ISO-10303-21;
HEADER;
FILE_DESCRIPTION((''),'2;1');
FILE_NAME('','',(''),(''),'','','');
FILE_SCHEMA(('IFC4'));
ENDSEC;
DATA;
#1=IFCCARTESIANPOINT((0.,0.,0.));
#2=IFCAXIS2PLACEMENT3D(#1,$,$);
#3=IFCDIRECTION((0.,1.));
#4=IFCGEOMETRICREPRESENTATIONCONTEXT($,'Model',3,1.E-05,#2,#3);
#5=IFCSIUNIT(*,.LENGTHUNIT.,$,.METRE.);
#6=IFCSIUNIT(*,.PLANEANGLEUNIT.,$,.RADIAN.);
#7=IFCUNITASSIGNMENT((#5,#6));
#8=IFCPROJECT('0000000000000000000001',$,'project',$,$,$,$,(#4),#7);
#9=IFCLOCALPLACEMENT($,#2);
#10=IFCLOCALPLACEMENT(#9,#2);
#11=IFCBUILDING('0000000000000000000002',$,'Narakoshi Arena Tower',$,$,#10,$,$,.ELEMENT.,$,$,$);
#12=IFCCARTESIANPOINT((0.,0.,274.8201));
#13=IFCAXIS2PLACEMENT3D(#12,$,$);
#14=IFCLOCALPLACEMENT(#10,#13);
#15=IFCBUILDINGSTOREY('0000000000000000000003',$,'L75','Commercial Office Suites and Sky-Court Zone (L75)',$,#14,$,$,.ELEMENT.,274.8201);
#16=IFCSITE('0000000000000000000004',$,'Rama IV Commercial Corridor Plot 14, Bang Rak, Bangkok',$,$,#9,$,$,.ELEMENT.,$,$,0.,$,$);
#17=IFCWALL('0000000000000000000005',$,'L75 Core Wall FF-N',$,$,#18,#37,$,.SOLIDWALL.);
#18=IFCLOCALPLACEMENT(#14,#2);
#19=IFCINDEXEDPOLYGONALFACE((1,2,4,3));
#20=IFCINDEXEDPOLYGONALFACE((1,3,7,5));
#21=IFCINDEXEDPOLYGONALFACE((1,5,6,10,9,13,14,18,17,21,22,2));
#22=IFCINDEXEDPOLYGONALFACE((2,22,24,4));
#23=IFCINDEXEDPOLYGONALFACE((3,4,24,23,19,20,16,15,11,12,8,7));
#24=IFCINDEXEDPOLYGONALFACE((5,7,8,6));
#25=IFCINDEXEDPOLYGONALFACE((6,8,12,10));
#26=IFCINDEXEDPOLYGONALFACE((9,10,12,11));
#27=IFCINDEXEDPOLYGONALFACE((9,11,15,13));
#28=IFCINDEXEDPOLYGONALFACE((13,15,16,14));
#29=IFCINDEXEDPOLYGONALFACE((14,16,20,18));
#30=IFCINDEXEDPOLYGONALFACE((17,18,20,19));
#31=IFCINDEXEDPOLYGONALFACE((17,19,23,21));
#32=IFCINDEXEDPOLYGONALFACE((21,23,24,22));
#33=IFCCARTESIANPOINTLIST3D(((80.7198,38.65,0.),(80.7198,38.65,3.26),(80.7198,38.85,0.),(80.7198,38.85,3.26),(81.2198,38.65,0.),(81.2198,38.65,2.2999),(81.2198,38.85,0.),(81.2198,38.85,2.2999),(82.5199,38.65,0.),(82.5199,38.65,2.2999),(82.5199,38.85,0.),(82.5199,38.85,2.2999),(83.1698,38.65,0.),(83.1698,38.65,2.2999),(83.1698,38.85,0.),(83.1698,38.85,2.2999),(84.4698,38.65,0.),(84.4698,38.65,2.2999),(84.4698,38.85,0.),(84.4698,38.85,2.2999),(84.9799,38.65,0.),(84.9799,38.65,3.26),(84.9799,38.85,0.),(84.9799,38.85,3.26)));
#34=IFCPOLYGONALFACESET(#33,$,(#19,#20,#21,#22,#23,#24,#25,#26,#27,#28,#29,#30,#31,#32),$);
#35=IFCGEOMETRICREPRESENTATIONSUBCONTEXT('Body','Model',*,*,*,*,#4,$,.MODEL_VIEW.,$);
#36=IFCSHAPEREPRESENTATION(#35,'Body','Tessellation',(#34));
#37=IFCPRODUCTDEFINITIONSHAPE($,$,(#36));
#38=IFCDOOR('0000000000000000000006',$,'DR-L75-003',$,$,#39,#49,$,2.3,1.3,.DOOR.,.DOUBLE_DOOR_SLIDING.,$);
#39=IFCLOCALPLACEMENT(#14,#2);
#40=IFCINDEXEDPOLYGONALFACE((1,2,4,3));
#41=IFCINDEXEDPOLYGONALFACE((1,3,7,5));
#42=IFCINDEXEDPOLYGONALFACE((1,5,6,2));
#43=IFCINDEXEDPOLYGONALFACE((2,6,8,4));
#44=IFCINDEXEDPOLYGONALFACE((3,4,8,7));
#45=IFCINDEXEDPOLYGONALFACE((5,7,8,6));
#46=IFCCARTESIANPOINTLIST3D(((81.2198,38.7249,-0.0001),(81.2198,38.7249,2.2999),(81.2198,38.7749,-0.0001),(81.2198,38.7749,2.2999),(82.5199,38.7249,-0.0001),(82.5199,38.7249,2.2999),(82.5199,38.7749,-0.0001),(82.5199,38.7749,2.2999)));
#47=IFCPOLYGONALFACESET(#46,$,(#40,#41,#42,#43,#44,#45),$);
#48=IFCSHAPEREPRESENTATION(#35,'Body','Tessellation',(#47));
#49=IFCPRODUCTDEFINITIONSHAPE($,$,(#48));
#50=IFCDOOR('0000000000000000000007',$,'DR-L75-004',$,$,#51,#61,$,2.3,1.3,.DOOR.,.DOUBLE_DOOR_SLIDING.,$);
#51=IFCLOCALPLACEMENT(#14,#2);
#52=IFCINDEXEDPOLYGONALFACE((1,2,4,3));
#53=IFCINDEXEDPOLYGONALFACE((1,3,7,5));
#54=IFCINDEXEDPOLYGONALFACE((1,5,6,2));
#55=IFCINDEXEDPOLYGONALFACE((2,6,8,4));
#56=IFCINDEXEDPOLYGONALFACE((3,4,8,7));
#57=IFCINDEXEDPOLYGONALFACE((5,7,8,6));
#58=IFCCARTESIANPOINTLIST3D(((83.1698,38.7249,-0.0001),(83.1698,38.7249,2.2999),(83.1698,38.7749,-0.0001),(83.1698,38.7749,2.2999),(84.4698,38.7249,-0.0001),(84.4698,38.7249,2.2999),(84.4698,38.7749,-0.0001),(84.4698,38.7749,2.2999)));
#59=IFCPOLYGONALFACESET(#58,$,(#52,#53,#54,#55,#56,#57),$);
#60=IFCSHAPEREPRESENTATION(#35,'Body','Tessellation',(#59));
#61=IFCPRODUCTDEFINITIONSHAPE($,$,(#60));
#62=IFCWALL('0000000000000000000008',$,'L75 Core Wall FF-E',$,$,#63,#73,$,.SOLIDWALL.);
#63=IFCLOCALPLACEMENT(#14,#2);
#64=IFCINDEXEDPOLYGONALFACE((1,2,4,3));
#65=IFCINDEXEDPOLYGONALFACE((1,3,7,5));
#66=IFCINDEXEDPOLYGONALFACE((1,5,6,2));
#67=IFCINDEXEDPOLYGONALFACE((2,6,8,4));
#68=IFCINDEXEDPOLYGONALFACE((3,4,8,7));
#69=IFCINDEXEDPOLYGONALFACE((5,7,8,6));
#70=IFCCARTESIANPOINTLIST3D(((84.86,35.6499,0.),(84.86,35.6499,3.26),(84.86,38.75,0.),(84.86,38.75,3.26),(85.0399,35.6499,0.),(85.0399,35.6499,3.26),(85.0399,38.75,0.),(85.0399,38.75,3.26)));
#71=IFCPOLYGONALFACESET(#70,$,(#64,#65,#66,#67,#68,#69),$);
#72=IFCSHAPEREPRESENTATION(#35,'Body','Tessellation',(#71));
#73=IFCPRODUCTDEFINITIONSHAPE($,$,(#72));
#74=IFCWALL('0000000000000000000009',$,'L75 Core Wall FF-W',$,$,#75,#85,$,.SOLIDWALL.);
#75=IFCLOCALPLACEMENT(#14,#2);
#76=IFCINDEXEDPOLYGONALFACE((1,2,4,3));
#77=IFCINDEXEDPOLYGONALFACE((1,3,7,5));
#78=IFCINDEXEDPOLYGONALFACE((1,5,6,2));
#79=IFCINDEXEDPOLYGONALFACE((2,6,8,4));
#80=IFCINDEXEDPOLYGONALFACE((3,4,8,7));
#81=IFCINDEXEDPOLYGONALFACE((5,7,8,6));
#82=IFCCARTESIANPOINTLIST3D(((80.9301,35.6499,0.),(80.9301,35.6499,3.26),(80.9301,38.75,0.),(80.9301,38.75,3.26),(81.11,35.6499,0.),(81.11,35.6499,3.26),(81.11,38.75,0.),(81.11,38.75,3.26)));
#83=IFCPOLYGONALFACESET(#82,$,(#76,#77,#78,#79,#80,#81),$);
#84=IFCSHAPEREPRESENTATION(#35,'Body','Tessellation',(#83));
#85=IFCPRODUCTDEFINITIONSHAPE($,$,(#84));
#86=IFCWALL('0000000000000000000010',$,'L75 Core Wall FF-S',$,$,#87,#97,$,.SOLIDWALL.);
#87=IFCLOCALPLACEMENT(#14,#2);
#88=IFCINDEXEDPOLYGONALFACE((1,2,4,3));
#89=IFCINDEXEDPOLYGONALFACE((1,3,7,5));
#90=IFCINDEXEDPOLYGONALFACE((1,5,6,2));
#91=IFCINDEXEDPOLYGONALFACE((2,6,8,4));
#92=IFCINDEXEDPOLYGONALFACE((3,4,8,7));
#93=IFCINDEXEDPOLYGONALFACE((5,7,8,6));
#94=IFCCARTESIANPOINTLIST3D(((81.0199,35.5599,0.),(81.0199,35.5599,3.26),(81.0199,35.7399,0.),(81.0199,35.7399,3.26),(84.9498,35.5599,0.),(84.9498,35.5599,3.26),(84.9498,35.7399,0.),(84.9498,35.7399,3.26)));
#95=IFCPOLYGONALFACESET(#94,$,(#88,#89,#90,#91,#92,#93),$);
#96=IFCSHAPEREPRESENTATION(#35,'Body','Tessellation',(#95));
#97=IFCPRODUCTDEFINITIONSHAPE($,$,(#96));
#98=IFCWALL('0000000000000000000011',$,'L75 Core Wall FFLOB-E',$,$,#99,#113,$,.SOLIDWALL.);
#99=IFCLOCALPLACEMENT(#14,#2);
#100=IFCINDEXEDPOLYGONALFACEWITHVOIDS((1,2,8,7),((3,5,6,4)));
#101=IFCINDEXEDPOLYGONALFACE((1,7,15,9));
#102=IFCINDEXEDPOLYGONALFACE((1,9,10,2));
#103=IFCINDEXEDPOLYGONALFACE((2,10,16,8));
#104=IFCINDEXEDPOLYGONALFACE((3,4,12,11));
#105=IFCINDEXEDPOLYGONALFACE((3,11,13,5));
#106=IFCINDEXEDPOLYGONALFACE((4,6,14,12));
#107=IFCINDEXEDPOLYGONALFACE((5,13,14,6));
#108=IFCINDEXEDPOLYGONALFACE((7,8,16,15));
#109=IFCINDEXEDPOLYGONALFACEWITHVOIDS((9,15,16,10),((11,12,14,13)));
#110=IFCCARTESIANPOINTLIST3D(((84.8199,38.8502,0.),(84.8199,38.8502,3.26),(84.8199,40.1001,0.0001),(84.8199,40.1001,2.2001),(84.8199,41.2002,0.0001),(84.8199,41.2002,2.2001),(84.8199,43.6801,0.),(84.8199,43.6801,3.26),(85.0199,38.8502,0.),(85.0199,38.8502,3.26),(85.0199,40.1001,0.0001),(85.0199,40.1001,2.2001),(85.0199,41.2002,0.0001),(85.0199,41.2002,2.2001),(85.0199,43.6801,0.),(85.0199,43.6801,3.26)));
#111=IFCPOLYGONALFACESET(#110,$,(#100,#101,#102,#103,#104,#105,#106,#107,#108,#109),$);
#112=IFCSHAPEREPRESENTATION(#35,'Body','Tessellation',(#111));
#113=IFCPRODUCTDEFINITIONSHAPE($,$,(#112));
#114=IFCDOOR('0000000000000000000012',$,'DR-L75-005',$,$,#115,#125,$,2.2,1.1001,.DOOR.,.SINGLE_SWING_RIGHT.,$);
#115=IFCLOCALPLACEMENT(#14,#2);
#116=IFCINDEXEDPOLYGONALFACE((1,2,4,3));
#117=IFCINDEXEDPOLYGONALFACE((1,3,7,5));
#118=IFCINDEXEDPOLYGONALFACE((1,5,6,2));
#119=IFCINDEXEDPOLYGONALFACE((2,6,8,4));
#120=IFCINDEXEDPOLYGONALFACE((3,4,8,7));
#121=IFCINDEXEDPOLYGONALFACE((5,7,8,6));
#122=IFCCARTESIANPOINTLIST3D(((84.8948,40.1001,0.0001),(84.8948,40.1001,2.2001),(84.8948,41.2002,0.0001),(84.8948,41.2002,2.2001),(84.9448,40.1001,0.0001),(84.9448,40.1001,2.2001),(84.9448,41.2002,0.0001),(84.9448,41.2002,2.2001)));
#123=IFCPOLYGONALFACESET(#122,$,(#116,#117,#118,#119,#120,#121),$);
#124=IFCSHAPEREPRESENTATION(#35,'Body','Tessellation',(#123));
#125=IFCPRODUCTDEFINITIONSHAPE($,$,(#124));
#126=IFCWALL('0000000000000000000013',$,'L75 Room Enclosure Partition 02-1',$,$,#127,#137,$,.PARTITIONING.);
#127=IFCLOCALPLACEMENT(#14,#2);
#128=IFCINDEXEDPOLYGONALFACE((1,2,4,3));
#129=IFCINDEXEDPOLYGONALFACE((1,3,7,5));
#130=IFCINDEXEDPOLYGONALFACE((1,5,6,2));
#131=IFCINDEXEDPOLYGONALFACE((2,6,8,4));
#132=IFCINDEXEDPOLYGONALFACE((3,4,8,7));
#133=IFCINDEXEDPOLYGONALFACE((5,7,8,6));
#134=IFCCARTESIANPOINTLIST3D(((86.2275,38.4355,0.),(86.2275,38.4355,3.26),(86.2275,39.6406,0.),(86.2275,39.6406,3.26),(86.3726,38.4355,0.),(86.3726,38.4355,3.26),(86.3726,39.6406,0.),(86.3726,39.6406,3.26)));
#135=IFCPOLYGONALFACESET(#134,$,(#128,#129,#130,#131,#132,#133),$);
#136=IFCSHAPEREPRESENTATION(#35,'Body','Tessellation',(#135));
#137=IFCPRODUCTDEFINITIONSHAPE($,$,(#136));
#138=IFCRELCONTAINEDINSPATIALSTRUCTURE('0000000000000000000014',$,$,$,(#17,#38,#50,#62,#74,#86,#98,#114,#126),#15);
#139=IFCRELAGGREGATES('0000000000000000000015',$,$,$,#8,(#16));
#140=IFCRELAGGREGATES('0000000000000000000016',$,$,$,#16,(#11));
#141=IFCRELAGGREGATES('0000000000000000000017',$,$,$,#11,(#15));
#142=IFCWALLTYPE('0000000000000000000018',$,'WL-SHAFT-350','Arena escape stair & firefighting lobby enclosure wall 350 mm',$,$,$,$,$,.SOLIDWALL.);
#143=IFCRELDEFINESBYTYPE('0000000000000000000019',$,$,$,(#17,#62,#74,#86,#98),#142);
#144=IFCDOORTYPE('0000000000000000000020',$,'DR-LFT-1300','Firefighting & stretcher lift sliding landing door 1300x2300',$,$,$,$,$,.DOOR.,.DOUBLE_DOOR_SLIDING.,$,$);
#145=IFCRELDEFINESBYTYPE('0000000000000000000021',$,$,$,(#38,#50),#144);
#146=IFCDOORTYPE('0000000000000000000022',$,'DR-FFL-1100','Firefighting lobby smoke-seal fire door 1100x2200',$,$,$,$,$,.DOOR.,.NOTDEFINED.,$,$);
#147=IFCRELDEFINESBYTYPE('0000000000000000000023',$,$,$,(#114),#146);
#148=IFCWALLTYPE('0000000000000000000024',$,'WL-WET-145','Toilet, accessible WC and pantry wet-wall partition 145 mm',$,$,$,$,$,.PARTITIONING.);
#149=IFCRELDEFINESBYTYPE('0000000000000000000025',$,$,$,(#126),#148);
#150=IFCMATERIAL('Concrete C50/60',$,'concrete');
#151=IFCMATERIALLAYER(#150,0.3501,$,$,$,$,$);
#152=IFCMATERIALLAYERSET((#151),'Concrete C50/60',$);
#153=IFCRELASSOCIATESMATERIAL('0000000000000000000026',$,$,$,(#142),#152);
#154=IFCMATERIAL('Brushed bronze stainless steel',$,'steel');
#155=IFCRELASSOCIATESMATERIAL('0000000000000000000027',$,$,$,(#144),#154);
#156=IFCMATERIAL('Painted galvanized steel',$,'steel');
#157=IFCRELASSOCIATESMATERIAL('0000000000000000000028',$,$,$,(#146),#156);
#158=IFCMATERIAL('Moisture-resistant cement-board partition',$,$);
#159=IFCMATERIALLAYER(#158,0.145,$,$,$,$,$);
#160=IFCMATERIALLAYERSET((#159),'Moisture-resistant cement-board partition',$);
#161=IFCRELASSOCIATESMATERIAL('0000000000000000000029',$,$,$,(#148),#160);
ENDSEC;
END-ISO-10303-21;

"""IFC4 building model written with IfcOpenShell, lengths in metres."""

from ifc_helpers import new_model, si_unit, direction, frame, frame_2d, origin, place, context, subcontext, project, spatial, rectangle, extrude, material, layer, layer_set, type_object, element, fill, save


model = new_model("IFC4")

# Units and contexts
model_context = context("Model", 3, precision=1e-05, world=origin(), true_north=direction((0.0, 1.0)))
body_context = subcontext(model_context, "Body", "Model", "MODEL_VIEW")
ifc_project = project(units=[si_unit("LENGTHUNIT", "METRE"), si_unit("PLANEANGLEUNIT", "RADIAN")], contexts=[model_context])

# Site, building, storey
site_placement = place(None, origin())
site = spatial("IfcSite", under=ifc_project, at=site_placement, Name="Rama IV Commercial Corridor Plot 14, Bang Rak, Bangkok", CompositionType="ELEMENT", RefElevation=0.0)
building_placement = place(site_placement, origin())
building = spatial("IfcBuilding", under=site, at=building_placement, Name="Narakoshi Arena Tower", CompositionType="ELEMENT")
storey_placement = place(building_placement, frame((0.0, 0.0, 274.8201)))
storey = spatial("IfcBuildingStorey", under=building, at=storey_placement, Name="L75", Description="Commercial Office Suites and Sky-Court Zone (L75)", CompositionType="ELEMENT", Elevation=274.8201)

# Shared definitions
ifc_material_1 = material(Name="Concrete C50/60", Category="concrete")

# Shared definitions
ifc_layer_1 = layer(ifc_material_1, 0.3501)
ifc_layer_set_1 = layer_set([ifc_layer_1], Name="Concrete C50/60")
wall_type_1 = type_object("IfcWallType", Name="WL-SHAFT-350", Description="Arena escape stair & firefighting lobby enclosure wall 350 mm", PredefinedType="SOLIDWALL", material=ifc_layer_set_1)

# Shared definitions
ifc_material_2 = material(Name="Painted galvanized steel", Category="steel")

# Wall, openings, doors
wall_1_placement = place(storey_placement, frame((80.72, 38.75, 0.0), z_axis=(0.0, 0.0, 1.0), x_axis=(1.0, 0.0, 0.0)))
wall_1 = element("IfcWall", 1, at=wall_1_placement, inside=storey, type_object=wall_type_1, Name="L75 Core Wall FF-N", PredefinedType="SOLIDWALL", context=body_context, shape_type="SweptSolid", body=[
    extrude(rectangle(XDim=4.26, YDim=0.2, at=frame_2d((2.1299, 0.0))), origin(), (0.0, 0.0, 1.0), 3.26),
])
opening_1_placement = place(wall_1_placement, frame((0.5, 0.0, 0.0)))
opening_1 = element("IfcOpeningElement", 2, at=opening_1_placement, cuts=wall_1, PredefinedType="OPENING", context=body_context, shape_type="SweptSolid", body=[
    extrude(rectangle(XDim=1.3, YDim=2.3, at=frame_2d((0.6499, 1.1499))), frame((0.0, 0.1099, 0.0), z_axis=(0.0, -1.0, 0.0), x_axis=(1.0, 0.0, 0.0)), (0.0, 0.0, 1.0), 0.22),
])
opening_2_placement = place(wall_1_placement, frame((2.45, 0.0, 0.0)))
opening_2 = element("IfcOpeningElement", 3, at=opening_2_placement, cuts=wall_1, PredefinedType="OPENING", context=body_context, shape_type="SweptSolid", body=[
    extrude(rectangle(XDim=1.3, YDim=2.3, at=frame_2d((0.6499, 1.1499))), frame((0.0, 0.1099, 0.0), z_axis=(0.0, -1.0, 0.0), x_axis=(1.0, 0.0, 0.0)), (0.0, 0.0, 1.0), 0.22),
])
ifc_material_3 = material(Name="Brushed bronze stainless steel", Category="steel")
door_type_1 = type_object("IfcDoorType", Name="DR-LFT-1300", Description="Firefighting & stretcher lift sliding landing door 1300x2300", OperationType="DOUBLE_DOOR_SLIDING", PredefinedType="DOOR", material=ifc_material_3)
door_1_placement = place(opening_1_placement, origin())
door_1 = element("IfcDoor", 4, at=door_1_placement, inside=storey, type_object=door_type_1, Name="DR-L75-003", OperationType="DOUBLE_DOOR_SLIDING", OverallHeight=2.3, OverallWidth=1.3, PredefinedType="DOOR", context=body_context, shape_type="SweptSolid", body=[
    extrude(rectangle(XDim=1.3, YDim=2.3, at=frame_2d((0.6499, 1.1499))), frame((0.0, 0.0249, 0.0), z_axis=(0.0, -1.0, 0.0), x_axis=(1.0, 0.0, 0.0)), (0.0, 0.0, 1.0), 0.05),
])
fill(opening_1, door_1)
door_2_placement = place(opening_2_placement, origin())
door_2 = element("IfcDoor", 5, at=door_2_placement, inside=storey, type_object=door_type_1, Name="DR-L75-004", OperationType="DOUBLE_DOOR_SLIDING", OverallHeight=2.3, OverallWidth=1.3, PredefinedType="DOOR", context=body_context, shape_type="SweptSolid", body=[
    extrude(rectangle(XDim=1.3, YDim=2.3, at=frame_2d((0.6499, 1.1499))), frame((0.0, 0.0249, 0.0), z_axis=(0.0, -1.0, 0.0), x_axis=(1.0, 0.0, 0.0)), (0.0, 0.0, 1.0), 0.05),
])
fill(opening_2, door_2)

# Walls
for number, where, z_axis, x_axis, name in (
    (6, (84.95, 35.6499, 0.0), (0.0, 0.0, 1.0), (0.0, 1.0, 0.0), "L75 Core Wall FF-E"),
    (7, (81.02, 35.6499, 0.0), (0.0, 0.0, 1.0), (0.0, 1.0, 0.0), "L75 Core Wall FF-W"),
):
    element("IfcWall", number, at=place(storey_placement, frame(where, z_axis=z_axis, x_axis=x_axis)), inside=storey, type_object=wall_type_1, Name=name, PredefinedType="SOLIDWALL", context=body_context, shape_type="SweptSolid", body=[
        extrude(rectangle(XDim=3.1001, YDim=0.1799, at=frame_2d((1.55, 0.0))), origin(), (0.0, 0.0, 1.0), 3.26),
    ])
wall_2_placement = place(storey_placement, frame((81.02, 35.6499, 0.0), z_axis=(0.0, 0.0, 1.0), x_axis=(1.0, 0.0, 0.0)))
element("IfcWall", 8, at=wall_2_placement, inside=storey, type_object=wall_type_1, Name="L75 Core Wall FF-S", PredefinedType="SOLIDWALL", context=body_context, shape_type="SweptSolid", body=[
    extrude(rectangle(XDim=3.9299, YDim=0.1799, at=frame_2d((1.9648, 0.0))), origin(), (0.0, 0.0, 1.0), 3.26),
])

# Wall, opening, door
wall_3_placement = place(storey_placement, frame((84.9199, 38.8501, 0.0), z_axis=(0.0, 0.0, 1.0), x_axis=(0.0, 1.0, 0.0)))
wall_3 = element("IfcWall", 9, at=wall_3_placement, inside=storey, type_object=wall_type_1, Name="L75 Core Wall FFLOB-E", PredefinedType="SOLIDWALL", context=body_context, shape_type="SweptSolid", body=[
    extrude(rectangle(XDim=4.8298, YDim=0.2, at=frame_2d((2.415, 0.0))), origin(), (0.0, 0.0, 1.0), 3.26),
])
opening_3_placement = place(wall_3_placement, frame((1.25, 0.0, 0.0)))
opening_3 = element("IfcOpeningElement", 10, at=opening_3_placement, cuts=wall_3, PredefinedType="OPENING", context=body_context, shape_type="SweptSolid", body=[
    extrude(rectangle(XDim=1.1001, YDim=2.2, at=frame_2d((0.55, 1.1001))), frame((0.0, 0.1099, 0.0), z_axis=(0.0, -1.0, 0.0), x_axis=(1.0, 0.0, 0.0)), (0.0, 0.0, 1.0), 0.22),
])
door_type_2 = type_object("IfcDoorType", Name="DR-FFL-1100", Description="Firefighting lobby smoke-seal fire door 1100x2200", OperationType="NOTDEFINED", PredefinedType="DOOR", material=ifc_material_2)
door_3_placement = place(opening_3_placement, frame((1.1001, 0.0, 0.0), z_axis=(0.0, 0.0, 1.0), x_axis=(-1.0, 0.0, 0.0)))
door_3 = element("IfcDoor", 11, at=door_3_placement, inside=storey, type_object=door_type_2, Name="DR-L75-005", OperationType="SINGLE_SWING_RIGHT", OverallHeight=2.2, OverallWidth=1.1001, PredefinedType="DOOR", context=body_context, shape_type="SweptSolid", body=[
    extrude(rectangle(XDim=1.1001, YDim=2.2, at=frame_2d((0.55, 1.1001))), frame((0.0, 0.0249, 0.0), z_axis=(0.0, -1.0, 0.0), x_axis=(1.0, 0.0, 0.0)), (0.0, 0.0, 1.0), 0.05),
])
fill(opening_3, door_3)

# Wall
ifc_material_4 = material(Name="Moisture-resistant cement-board partition")
ifc_layer_2 = layer(ifc_material_4, 0.145)
ifc_layer_set_2 = layer_set([ifc_layer_2], Name="Moisture-resistant cement-board partition")
wall_type_2 = type_object("IfcWallType", Name="WL-WET-145", Description="Toilet, accessible WC and pantry wet-wall partition 145 mm", PredefinedType="PARTITIONING", material=ifc_layer_set_2)
wall_4_placement = place(storey_placement, frame((86.3, 38.4355, 0.0), z_axis=(0.0, 0.0, 1.0), x_axis=(0.0, 1.0, 0.0)))
element("IfcWall", 12, at=wall_4_placement, inside=storey, type_object=wall_type_2, Name="L75 Room Enclosure Partition 02-1", PredefinedType="PARTITIONING", context=body_context, shape_type="SweptSolid", body=[
    extrude(rectangle(XDim=1.2051, YDim=0.145, at=frame_2d((0.6025, 0.0))), origin(), (0.0, 0.0, 1.0), 3.26),
])

save(model, "model.ifc")
